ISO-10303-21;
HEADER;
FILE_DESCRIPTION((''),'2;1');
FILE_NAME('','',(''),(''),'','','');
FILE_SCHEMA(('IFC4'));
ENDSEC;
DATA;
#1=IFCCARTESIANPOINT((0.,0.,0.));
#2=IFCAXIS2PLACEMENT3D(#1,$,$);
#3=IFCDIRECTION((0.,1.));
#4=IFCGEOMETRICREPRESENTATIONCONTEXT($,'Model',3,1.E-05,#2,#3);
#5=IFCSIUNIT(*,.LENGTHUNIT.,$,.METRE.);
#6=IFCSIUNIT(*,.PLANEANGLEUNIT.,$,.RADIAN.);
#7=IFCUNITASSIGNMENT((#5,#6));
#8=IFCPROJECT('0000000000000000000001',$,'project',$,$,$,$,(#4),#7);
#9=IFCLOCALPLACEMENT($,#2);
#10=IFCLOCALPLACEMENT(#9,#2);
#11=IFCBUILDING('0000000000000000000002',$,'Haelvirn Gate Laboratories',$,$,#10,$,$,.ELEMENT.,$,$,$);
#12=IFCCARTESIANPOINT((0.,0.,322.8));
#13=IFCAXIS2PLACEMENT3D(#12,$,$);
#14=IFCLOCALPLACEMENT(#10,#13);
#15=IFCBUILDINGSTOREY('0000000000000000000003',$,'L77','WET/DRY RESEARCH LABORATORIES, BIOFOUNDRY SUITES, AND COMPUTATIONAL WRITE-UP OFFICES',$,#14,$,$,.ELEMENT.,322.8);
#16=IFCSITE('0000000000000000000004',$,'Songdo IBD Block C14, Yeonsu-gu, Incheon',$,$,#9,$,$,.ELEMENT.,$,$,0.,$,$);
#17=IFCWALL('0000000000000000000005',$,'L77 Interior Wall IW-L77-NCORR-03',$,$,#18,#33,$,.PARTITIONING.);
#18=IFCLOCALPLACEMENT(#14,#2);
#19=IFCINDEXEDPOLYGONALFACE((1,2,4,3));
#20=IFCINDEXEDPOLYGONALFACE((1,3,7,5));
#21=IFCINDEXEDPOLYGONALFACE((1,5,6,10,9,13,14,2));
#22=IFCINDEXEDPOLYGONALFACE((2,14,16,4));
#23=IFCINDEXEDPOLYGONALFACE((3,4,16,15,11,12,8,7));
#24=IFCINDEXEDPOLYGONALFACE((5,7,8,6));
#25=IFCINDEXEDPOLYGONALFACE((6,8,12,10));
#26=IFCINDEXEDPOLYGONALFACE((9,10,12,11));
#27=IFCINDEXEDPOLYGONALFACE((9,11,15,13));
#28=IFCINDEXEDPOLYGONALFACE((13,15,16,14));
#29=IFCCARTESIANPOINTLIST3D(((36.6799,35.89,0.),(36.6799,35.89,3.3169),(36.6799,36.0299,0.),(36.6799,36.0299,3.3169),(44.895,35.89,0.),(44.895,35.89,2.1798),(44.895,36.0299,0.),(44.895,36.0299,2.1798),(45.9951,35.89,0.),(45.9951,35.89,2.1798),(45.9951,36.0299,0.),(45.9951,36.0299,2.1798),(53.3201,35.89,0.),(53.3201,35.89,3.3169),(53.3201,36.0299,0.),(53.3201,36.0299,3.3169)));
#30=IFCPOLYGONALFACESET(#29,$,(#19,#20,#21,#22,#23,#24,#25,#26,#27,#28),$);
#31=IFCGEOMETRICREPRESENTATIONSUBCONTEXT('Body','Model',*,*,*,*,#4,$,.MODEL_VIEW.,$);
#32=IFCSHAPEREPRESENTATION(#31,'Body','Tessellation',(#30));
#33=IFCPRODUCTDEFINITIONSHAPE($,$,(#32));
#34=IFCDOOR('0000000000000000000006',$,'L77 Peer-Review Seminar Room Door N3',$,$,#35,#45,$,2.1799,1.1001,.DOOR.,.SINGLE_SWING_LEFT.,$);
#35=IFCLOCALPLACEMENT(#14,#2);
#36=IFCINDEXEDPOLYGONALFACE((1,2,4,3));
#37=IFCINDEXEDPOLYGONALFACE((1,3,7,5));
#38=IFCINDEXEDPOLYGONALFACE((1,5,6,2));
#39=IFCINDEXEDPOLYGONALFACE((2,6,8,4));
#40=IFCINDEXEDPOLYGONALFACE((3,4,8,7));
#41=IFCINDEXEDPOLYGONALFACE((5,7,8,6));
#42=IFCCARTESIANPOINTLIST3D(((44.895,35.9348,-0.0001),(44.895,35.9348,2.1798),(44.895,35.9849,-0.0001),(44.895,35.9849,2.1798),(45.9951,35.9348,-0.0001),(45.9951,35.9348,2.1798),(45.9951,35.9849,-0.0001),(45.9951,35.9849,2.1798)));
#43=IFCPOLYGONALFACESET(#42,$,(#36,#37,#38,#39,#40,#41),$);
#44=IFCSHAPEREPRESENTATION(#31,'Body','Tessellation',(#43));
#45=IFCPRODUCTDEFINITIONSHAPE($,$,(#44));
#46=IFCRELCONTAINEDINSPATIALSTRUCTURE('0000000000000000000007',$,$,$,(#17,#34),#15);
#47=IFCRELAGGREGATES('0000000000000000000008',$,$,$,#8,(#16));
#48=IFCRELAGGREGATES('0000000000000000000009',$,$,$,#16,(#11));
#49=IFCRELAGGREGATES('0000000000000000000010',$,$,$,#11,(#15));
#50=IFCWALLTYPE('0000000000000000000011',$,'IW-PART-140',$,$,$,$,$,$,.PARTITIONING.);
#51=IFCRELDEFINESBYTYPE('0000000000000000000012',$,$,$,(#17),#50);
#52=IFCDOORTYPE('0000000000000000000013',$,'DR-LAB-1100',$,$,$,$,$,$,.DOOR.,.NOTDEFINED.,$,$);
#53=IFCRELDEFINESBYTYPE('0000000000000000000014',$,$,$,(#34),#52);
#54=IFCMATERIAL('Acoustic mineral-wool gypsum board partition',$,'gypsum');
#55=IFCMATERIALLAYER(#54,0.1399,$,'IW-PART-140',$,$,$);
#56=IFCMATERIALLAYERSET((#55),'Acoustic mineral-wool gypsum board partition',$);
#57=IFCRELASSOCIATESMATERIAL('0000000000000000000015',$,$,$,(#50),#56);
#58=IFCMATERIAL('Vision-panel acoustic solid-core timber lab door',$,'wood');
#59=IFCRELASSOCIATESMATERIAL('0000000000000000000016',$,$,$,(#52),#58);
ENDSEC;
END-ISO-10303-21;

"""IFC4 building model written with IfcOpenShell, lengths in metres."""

from ifc_helpers import new_model, si_unit, direction, frame, frame_2d, origin, place, context, subcontext, project, spatial, rectangle, extrude, source, transform, mapped, material, layer, layer_set, type_object, type_shapes, element, fill, save


model = new_model("IFC4")

# Units and contexts
model_context = context("Model", 3, precision=1e-05, world=origin(), true_north=direction((0.0, 1.0)))
body_context = subcontext(model_context, "Body", "Model", "MODEL_VIEW")
ifc_project = project(units=[si_unit("LENGTHUNIT", "METRE"), si_unit("PLANEANGLEUNIT", "RADIAN")], contexts=[model_context])

# Site, building, storey
site_placement = place(None, origin())
site = spatial("IfcSite", under=ifc_project, at=site_placement, Name="Songdo IBD Block C14, Yeonsu-gu, Incheon", CompositionType="ELEMENT", RefElevation=0.0)
building_placement = place(site_placement, origin())
building = spatial("IfcBuilding", under=site, at=building_placement, Name="Haelvirn Gate Laboratories", CompositionType="ELEMENT")
storey_placement = place(building_placement, frame((0.0, 0.0, 322.8)))
storey = spatial("IfcBuildingStorey", under=building, at=storey_placement, Name="L77", Description="WET/DRY RESEARCH LABORATORIES, BIOFOUNDRY SUITES, AND COMPUTATIONAL WRITE-UP OFFICES", CompositionType="ELEMENT", Elevation=322.8)

# Wall, opening, door
ifc_material_1 = material(Name="Acoustic mineral-wool gypsum board partition", Category="gypsum")
ifc_layer_1 = layer(ifc_material_1, 0.1399, Name="IW-PART-140")
ifc_layer_set_1 = layer_set([ifc_layer_1], Name="Acoustic mineral-wool gypsum board partition")
wall_type_1 = type_object("IfcWallType", Name="IW-PART-140", PredefinedType="PARTITIONING", material=ifc_layer_set_1)
wall_1_placement = place(storey_placement, frame((36.6799, 35.96, 0.0), z_axis=(0.0, 0.0, 1.0), x_axis=(1.0, 0.0, 0.0)))
wall_1 = element("IfcWall", 1, at=wall_1_placement, inside=storey, type_object=wall_type_1, Name="L77 Interior Wall IW-L77-NCORR-03", PredefinedType="PARTITIONING", context=body_context, shape_type="SweptSolid", body=[
    extrude(rectangle(XDim=16.6401, YDim=0.1399, at=frame_2d((8.3201, 0.0))), origin(), (0.0, 0.0, 1.0), 3.3169),
])
opening_placement = place(wall_1_placement, frame((8.2151, 0.0, 0.0)))
opening = element("IfcOpeningElement", 2, at=opening_placement, cuts=wall_1, PredefinedType="OPENING", context=body_context, shape_type="SweptSolid", body=[
    extrude(rectangle(XDim=1.1001, YDim=2.1799, at=frame_2d((0.55, 1.0898))), frame((0.0, 0.0801, 0.0), z_axis=(0.0, -1.0, 0.0), x_axis=(1.0, 0.0, 0.0)), (0.0, 0.0, 1.0), 0.1599),
])
ifc_material_2 = material(Name="Vision-panel acoustic solid-core timber lab door", Category="wood")
door_type = type_object("IfcDoorType", Name="DR-LAB-1100", OperationType="NOTDEFINED", PredefinedType="DOOR", material=ifc_material_2)
shared_shape_1 = source(origin(), body_context, "Body", "SweptSolid", [
    extrude(rectangle(XDim=1.1001, YDim=2.1799, at=frame_2d((0.55, 1.0898))), frame((0.0, 0.0249, 0.0), z_axis=(0.0, -1.0, 0.0), x_axis=(1.0, 0.0, 0.0)), (0.0, 0.0, 1.0), 0.05),
])
type_shapes(door_type, [shared_shape_1])
door_placement = place(opening_placement, origin())
door = element("IfcDoor", 3, at=door_placement, inside=storey, type_object=door_type, Name="L77 Peer-Review Seminar Room Door N3", OperationType="SINGLE_SWING_LEFT", OverallHeight=2.1799, OverallWidth=1.1001, PredefinedType="DOOR", context=body_context, shape_type="MappedRepresentation", body=[
    mapped(shared_shape_1, transform((0.0, 0.0, 0.0), scale=1.0)),
])
fill(opening, door)

save(model, "model.ifc")
